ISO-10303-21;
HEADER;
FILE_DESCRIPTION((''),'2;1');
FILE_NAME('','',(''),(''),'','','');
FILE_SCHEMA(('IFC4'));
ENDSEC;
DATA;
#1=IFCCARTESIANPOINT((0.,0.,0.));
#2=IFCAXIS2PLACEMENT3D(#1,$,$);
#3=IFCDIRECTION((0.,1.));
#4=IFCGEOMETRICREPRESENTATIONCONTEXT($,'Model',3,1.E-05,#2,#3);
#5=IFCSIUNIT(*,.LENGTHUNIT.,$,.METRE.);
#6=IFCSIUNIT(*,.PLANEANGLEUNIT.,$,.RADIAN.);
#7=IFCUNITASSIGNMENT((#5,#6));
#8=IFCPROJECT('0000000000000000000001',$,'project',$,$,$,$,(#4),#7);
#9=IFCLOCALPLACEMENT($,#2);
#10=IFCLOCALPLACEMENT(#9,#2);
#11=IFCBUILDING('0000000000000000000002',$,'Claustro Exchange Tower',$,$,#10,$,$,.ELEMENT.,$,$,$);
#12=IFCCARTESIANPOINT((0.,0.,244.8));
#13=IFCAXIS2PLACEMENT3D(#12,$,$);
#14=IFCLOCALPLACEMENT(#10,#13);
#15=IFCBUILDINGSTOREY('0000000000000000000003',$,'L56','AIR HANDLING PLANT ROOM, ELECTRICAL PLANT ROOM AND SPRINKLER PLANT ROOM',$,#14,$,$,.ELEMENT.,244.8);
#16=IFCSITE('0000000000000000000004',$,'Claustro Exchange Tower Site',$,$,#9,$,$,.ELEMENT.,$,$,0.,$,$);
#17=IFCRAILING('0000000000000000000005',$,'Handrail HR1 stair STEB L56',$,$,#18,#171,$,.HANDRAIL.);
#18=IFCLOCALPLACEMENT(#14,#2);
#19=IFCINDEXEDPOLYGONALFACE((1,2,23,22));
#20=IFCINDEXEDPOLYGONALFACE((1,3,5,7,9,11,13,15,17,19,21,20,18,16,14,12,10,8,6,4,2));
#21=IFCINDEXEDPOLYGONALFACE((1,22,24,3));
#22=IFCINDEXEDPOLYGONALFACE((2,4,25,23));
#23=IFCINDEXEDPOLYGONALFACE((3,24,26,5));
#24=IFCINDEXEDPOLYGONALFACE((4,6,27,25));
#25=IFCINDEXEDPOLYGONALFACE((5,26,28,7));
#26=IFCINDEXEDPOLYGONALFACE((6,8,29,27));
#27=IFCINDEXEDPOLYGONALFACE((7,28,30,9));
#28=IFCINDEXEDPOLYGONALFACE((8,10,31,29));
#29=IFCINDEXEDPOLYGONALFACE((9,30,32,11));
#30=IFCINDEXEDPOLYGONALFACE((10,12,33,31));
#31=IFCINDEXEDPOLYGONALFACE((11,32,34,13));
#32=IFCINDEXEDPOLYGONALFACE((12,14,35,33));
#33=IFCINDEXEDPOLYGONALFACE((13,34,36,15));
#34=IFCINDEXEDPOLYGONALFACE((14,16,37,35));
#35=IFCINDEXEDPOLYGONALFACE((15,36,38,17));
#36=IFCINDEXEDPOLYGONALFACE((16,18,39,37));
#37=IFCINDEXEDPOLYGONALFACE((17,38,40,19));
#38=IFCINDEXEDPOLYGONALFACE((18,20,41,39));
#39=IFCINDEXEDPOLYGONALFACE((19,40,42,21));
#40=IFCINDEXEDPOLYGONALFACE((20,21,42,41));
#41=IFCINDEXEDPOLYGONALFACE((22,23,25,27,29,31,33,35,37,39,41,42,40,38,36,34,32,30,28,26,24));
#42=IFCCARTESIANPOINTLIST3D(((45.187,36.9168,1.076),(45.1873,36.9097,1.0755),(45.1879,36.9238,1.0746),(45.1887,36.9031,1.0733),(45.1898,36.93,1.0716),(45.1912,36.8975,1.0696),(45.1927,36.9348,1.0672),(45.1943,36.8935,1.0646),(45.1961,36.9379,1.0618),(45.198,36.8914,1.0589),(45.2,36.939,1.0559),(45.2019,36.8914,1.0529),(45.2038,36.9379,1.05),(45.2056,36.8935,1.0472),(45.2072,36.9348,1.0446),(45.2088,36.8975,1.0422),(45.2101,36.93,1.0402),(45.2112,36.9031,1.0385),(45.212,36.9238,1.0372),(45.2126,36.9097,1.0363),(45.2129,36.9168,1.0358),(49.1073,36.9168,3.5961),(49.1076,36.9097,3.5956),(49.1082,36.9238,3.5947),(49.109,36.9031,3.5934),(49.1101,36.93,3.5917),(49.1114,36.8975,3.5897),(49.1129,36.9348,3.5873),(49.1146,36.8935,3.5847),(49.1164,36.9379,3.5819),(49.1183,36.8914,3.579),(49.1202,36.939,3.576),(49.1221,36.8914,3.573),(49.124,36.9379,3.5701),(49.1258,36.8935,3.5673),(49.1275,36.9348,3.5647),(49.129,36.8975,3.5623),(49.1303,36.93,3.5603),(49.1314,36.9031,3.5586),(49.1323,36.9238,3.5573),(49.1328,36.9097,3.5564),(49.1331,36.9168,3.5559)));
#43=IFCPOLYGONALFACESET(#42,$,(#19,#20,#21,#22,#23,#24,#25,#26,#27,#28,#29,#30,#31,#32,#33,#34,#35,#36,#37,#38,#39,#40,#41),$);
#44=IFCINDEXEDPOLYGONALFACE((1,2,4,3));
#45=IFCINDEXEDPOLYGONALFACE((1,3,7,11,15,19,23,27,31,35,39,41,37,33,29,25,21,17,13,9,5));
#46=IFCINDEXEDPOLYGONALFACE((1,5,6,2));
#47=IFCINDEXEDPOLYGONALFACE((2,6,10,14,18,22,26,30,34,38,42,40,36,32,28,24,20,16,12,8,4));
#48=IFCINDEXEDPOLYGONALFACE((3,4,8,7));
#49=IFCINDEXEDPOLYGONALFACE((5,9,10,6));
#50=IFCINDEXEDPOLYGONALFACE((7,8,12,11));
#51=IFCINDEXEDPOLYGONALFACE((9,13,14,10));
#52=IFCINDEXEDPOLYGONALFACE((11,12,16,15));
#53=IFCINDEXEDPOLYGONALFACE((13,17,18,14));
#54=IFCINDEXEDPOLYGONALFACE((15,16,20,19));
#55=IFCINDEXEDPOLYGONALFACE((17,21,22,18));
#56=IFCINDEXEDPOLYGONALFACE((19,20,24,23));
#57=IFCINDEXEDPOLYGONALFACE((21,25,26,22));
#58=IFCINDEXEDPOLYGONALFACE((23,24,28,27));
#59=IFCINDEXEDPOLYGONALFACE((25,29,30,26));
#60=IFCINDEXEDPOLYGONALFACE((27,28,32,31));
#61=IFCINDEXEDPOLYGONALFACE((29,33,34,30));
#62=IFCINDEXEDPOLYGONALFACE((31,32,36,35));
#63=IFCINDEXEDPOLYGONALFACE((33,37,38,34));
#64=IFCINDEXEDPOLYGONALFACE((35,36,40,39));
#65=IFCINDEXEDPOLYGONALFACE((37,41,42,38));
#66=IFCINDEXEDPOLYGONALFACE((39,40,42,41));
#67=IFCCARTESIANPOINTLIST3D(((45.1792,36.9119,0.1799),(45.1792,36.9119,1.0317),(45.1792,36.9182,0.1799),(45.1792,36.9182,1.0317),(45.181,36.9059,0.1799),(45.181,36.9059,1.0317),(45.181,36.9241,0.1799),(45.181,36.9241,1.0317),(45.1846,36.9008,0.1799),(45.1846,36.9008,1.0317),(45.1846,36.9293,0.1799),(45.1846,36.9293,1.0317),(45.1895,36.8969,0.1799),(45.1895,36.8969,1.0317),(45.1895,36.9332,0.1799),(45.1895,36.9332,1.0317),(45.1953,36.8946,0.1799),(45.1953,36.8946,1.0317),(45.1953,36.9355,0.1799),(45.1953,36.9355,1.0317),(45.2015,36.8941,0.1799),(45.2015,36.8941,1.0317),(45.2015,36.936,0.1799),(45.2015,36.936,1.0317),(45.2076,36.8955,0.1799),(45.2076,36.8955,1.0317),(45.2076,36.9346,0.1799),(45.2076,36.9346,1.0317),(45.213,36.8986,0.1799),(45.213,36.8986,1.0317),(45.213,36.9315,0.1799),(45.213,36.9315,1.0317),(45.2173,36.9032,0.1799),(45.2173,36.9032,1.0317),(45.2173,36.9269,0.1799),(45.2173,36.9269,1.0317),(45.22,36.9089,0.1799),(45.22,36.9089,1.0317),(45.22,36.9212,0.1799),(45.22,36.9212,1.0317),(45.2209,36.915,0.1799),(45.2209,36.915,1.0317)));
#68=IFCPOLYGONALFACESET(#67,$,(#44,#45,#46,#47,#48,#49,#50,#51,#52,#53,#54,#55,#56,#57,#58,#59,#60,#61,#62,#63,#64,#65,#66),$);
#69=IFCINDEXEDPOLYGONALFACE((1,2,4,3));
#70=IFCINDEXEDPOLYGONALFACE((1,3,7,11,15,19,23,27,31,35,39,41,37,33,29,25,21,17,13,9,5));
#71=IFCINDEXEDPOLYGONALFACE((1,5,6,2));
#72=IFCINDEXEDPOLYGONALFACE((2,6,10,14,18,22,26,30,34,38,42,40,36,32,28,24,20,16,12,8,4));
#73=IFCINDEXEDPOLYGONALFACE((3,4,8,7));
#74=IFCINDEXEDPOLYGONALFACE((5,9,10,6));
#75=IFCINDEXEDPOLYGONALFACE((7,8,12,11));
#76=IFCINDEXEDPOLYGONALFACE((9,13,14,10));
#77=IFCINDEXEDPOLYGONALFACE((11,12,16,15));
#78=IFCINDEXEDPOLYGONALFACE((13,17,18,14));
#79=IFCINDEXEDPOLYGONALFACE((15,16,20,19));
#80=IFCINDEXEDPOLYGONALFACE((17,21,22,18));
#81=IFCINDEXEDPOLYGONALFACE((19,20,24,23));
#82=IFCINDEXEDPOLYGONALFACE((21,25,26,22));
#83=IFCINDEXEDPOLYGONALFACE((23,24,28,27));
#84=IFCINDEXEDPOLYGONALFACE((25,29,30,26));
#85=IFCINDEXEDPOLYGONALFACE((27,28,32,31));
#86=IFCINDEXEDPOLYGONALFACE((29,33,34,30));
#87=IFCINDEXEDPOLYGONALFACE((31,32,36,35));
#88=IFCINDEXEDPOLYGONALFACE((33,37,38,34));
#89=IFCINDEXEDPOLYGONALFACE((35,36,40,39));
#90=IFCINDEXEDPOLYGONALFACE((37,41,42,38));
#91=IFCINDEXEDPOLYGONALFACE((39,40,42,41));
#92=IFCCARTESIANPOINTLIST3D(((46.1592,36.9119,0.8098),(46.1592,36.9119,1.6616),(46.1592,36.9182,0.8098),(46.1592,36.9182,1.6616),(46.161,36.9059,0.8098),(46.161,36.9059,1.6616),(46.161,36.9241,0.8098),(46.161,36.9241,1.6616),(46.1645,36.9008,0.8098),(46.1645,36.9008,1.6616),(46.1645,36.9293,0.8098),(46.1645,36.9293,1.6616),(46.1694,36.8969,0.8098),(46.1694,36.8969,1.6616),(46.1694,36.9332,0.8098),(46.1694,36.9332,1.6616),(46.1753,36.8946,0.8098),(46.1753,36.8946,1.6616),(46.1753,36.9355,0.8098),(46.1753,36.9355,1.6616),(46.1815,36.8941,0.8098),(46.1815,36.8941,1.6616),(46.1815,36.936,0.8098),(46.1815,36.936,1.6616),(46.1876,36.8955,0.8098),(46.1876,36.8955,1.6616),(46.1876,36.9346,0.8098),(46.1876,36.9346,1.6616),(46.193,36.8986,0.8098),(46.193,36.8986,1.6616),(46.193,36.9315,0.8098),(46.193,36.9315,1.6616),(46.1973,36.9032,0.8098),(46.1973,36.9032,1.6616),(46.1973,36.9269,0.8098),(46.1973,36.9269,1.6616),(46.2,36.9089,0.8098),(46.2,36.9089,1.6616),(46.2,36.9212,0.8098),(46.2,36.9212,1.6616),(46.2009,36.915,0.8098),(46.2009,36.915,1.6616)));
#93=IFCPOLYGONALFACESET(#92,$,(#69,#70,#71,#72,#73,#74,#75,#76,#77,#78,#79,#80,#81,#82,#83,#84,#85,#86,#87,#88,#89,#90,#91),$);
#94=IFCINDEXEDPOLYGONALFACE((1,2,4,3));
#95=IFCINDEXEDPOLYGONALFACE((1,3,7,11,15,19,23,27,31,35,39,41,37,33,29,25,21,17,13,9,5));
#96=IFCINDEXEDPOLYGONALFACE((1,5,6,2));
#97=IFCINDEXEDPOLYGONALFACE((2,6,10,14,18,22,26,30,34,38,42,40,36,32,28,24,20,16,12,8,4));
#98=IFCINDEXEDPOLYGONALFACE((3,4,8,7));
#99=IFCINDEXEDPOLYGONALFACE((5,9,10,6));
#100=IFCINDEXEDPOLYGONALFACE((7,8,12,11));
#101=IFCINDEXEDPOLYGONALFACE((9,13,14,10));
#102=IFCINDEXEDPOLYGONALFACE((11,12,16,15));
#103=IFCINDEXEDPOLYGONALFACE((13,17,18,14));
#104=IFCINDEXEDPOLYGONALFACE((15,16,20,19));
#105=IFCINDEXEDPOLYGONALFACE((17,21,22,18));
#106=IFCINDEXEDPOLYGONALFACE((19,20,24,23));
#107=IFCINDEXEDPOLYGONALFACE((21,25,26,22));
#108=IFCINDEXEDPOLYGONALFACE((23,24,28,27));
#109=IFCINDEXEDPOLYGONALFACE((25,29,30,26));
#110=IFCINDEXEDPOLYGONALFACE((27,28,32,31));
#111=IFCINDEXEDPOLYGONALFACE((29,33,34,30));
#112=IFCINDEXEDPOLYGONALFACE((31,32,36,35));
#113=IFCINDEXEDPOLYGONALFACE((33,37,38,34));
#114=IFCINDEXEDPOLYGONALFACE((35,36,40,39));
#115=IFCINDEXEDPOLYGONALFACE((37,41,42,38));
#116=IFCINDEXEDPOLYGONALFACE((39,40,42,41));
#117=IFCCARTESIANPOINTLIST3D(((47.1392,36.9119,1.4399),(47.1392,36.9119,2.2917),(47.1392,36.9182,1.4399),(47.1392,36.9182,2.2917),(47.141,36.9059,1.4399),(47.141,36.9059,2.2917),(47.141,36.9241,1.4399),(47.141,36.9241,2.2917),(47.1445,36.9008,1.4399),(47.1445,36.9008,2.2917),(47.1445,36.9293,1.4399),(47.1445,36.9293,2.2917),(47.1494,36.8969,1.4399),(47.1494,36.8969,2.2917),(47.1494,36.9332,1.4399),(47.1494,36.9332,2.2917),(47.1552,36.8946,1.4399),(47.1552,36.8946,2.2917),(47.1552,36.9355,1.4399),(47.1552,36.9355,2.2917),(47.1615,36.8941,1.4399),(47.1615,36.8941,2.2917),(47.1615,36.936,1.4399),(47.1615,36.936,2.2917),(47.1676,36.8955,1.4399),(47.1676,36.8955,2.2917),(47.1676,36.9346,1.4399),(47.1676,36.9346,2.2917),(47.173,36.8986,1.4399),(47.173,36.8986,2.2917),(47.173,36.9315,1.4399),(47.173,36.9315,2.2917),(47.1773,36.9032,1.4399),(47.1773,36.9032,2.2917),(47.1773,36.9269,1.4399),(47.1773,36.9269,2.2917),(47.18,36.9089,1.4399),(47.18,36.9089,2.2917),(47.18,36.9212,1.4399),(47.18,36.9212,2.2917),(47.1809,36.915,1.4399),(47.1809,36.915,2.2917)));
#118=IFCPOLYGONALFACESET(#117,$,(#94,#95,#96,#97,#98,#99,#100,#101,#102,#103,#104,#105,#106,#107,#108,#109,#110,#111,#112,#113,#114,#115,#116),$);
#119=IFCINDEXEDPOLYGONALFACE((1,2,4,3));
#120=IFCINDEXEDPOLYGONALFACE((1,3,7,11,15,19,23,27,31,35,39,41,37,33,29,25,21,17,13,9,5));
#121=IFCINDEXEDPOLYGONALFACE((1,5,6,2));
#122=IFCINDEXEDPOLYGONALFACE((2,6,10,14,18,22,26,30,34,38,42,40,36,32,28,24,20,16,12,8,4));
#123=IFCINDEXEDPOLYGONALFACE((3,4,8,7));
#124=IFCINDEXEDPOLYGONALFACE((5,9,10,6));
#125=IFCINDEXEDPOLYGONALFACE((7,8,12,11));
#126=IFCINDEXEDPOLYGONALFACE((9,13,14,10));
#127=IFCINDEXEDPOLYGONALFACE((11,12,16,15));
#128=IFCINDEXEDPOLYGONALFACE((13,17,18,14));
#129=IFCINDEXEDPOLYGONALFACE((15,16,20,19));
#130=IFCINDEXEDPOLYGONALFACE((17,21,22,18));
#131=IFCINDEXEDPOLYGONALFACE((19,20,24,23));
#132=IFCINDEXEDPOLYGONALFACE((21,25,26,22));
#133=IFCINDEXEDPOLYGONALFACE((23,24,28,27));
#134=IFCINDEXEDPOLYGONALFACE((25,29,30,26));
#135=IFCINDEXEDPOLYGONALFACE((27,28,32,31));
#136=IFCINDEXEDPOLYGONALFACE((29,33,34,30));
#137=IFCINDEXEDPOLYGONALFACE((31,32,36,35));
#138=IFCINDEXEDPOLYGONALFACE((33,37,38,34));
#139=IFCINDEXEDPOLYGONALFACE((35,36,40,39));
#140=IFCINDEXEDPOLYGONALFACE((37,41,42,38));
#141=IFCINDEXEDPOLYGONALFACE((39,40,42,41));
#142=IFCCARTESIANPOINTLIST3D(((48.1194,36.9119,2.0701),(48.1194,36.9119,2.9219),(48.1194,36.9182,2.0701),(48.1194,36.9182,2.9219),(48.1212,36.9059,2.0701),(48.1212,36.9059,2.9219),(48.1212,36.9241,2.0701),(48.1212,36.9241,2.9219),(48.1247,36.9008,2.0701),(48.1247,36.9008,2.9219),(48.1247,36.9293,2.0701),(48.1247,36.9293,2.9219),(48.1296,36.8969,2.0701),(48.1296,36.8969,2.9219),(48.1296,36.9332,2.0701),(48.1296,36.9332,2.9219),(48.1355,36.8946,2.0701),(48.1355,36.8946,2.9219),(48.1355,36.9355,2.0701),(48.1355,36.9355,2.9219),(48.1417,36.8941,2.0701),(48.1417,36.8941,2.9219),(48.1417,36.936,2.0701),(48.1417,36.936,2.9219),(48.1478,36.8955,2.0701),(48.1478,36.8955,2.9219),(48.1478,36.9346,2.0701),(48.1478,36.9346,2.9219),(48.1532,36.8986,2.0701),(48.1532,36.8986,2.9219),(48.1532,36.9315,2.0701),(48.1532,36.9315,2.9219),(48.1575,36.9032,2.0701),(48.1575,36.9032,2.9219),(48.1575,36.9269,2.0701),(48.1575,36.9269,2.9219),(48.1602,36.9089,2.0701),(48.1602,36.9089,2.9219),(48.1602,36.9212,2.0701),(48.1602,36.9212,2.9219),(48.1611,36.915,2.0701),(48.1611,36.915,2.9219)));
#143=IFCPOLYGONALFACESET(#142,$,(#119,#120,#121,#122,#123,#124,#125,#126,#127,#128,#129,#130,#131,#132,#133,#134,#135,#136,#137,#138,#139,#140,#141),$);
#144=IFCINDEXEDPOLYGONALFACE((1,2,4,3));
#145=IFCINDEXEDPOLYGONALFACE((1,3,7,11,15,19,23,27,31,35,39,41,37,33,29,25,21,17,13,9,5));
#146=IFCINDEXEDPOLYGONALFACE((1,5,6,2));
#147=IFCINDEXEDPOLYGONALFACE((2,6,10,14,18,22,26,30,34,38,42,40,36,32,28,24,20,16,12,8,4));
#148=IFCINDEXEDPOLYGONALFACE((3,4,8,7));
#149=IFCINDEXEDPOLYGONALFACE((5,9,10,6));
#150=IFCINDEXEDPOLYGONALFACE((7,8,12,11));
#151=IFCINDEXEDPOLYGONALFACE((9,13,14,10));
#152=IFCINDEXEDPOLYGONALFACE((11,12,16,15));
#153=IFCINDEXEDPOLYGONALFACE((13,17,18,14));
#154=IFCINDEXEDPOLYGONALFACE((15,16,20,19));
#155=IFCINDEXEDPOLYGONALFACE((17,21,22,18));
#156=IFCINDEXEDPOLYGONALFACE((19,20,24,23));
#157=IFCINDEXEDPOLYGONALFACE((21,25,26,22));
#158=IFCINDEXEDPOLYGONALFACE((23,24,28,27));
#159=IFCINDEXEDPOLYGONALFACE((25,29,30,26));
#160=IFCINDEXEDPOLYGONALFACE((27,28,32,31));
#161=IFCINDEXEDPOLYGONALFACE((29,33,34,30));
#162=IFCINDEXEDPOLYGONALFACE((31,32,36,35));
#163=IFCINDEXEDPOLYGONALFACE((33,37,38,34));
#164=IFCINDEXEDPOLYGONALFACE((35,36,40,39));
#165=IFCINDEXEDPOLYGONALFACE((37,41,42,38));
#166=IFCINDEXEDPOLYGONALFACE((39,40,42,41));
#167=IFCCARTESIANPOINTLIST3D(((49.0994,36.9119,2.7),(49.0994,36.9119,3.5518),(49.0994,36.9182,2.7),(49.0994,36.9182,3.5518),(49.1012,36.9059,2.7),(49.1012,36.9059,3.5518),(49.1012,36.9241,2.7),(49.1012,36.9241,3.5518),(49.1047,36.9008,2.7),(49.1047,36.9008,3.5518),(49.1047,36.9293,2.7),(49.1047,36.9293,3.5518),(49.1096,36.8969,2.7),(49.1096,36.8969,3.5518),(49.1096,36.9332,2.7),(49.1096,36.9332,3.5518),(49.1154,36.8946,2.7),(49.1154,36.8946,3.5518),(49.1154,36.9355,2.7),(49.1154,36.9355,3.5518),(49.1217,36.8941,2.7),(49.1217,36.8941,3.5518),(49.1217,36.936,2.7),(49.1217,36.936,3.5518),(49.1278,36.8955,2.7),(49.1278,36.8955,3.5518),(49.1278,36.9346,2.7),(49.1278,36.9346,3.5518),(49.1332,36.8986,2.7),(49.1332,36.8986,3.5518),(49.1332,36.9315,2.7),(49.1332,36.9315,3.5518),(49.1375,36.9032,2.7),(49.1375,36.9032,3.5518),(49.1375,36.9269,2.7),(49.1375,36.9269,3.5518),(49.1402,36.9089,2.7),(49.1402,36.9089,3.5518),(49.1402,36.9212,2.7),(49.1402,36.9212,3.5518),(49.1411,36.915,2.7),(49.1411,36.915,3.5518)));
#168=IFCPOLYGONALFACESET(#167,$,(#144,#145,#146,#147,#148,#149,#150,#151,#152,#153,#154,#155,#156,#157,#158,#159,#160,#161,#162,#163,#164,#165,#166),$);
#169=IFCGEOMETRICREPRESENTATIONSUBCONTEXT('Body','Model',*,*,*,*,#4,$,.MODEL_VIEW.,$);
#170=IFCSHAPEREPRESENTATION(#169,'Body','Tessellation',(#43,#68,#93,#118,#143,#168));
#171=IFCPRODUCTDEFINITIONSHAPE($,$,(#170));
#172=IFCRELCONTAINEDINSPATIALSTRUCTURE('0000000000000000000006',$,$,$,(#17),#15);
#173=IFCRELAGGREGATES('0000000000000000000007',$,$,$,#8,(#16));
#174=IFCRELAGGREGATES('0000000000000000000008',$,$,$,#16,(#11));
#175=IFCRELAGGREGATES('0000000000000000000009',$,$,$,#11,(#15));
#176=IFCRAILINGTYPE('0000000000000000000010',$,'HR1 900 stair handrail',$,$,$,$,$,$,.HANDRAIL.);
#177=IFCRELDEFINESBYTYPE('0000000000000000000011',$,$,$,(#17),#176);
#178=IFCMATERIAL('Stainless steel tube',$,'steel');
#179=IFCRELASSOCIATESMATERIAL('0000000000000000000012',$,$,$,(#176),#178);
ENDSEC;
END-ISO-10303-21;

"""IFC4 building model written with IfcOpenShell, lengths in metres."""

from ifc_helpers import new_model, si_unit, direction, frame, origin, origin_2d, place, context, subcontext, project, spatial, circle, extrude, material, type_object, element, save


model = new_model("IFC4")

# Units and contexts
model_context = context("Model", 3, precision=1e-05, world=origin(), true_north=direction((0.0, 1.0)))
body_context = subcontext(model_context, "Body", "Model", "MODEL_VIEW")
ifc_project = project(units=[si_unit("LENGTHUNIT", "METRE"), si_unit("PLANEANGLEUNIT", "RADIAN")], contexts=[model_context])

# Site, building, storey
site_placement = place(None, origin())
site = spatial("IfcSite", under=ifc_project, at=site_placement, Name="Claustro Exchange Tower Site", CompositionType="ELEMENT", RefElevation=0.0)
building_placement = place(site_placement, origin())
building = spatial("IfcBuilding", under=site, at=building_placement, Name="Claustro Exchange Tower", CompositionType="ELEMENT")
storey_placement = place(building_placement, frame((0.0, 0.0, 244.8)))
storey = spatial("IfcBuildingStorey", under=building, at=storey_placement, Name="L56", Description="AIR HANDLING PLANT ROOM, ELECTRICAL PLANT ROOM AND SPRINKLER PLANT ROOM", CompositionType="ELEMENT", Elevation=244.8)

# Railing
ifc_material_1 = material(Name="Stainless steel tube", Category="steel")
railing_type_1 = type_object("IfcRailingType", Name="HR1 900 stair handrail", PredefinedType="HANDRAIL", material=ifc_material_1)
railing_1_placement = place(storey_placement, frame((45.2, 36.915, 0.1799)))
element("IfcRailing", 1, at=railing_1_placement, inside=storey, type_object=railing_type_1, Name="Handrail HR1 stair STEB L56", PredefinedType="HANDRAIL", context=body_context, shape_type="SweptSolid", body=[
    extrude(circle(Radius=0.0239, at=origin_2d()), frame((0.0, 0.0, 0.876), z_axis=(0.841187, 0.0, 0.540744), x_axis=(0.0, 1.0, 0.0)), (0.0, 0.0, 1.0), 4.6604),
    extrude(circle(Radius=0.021, at=origin_2d()), origin(), (0.0, 0.0, 1.0), 0.8518),
    extrude(circle(Radius=0.021, at=origin_2d()), frame((0.98, 0.0, 0.6299)), (0.0, 0.0, 1.0), 0.8518),
    extrude(circle(Radius=0.021, at=origin_2d()), frame((1.96, 0.0, 1.26)), (0.0, 0.0, 1.0), 0.8518),
    extrude(circle(Radius=0.021, at=origin_2d()), frame((2.9402, 0.0, 1.8901)), (0.0, 0.0, 1.0), 0.8518),
    extrude(circle(Radius=0.021, at=origin_2d()), frame((3.9202, 0.0, 2.52)), (0.0, 0.0, 1.0), 0.8518),
])

save(model, "model.ifc")
